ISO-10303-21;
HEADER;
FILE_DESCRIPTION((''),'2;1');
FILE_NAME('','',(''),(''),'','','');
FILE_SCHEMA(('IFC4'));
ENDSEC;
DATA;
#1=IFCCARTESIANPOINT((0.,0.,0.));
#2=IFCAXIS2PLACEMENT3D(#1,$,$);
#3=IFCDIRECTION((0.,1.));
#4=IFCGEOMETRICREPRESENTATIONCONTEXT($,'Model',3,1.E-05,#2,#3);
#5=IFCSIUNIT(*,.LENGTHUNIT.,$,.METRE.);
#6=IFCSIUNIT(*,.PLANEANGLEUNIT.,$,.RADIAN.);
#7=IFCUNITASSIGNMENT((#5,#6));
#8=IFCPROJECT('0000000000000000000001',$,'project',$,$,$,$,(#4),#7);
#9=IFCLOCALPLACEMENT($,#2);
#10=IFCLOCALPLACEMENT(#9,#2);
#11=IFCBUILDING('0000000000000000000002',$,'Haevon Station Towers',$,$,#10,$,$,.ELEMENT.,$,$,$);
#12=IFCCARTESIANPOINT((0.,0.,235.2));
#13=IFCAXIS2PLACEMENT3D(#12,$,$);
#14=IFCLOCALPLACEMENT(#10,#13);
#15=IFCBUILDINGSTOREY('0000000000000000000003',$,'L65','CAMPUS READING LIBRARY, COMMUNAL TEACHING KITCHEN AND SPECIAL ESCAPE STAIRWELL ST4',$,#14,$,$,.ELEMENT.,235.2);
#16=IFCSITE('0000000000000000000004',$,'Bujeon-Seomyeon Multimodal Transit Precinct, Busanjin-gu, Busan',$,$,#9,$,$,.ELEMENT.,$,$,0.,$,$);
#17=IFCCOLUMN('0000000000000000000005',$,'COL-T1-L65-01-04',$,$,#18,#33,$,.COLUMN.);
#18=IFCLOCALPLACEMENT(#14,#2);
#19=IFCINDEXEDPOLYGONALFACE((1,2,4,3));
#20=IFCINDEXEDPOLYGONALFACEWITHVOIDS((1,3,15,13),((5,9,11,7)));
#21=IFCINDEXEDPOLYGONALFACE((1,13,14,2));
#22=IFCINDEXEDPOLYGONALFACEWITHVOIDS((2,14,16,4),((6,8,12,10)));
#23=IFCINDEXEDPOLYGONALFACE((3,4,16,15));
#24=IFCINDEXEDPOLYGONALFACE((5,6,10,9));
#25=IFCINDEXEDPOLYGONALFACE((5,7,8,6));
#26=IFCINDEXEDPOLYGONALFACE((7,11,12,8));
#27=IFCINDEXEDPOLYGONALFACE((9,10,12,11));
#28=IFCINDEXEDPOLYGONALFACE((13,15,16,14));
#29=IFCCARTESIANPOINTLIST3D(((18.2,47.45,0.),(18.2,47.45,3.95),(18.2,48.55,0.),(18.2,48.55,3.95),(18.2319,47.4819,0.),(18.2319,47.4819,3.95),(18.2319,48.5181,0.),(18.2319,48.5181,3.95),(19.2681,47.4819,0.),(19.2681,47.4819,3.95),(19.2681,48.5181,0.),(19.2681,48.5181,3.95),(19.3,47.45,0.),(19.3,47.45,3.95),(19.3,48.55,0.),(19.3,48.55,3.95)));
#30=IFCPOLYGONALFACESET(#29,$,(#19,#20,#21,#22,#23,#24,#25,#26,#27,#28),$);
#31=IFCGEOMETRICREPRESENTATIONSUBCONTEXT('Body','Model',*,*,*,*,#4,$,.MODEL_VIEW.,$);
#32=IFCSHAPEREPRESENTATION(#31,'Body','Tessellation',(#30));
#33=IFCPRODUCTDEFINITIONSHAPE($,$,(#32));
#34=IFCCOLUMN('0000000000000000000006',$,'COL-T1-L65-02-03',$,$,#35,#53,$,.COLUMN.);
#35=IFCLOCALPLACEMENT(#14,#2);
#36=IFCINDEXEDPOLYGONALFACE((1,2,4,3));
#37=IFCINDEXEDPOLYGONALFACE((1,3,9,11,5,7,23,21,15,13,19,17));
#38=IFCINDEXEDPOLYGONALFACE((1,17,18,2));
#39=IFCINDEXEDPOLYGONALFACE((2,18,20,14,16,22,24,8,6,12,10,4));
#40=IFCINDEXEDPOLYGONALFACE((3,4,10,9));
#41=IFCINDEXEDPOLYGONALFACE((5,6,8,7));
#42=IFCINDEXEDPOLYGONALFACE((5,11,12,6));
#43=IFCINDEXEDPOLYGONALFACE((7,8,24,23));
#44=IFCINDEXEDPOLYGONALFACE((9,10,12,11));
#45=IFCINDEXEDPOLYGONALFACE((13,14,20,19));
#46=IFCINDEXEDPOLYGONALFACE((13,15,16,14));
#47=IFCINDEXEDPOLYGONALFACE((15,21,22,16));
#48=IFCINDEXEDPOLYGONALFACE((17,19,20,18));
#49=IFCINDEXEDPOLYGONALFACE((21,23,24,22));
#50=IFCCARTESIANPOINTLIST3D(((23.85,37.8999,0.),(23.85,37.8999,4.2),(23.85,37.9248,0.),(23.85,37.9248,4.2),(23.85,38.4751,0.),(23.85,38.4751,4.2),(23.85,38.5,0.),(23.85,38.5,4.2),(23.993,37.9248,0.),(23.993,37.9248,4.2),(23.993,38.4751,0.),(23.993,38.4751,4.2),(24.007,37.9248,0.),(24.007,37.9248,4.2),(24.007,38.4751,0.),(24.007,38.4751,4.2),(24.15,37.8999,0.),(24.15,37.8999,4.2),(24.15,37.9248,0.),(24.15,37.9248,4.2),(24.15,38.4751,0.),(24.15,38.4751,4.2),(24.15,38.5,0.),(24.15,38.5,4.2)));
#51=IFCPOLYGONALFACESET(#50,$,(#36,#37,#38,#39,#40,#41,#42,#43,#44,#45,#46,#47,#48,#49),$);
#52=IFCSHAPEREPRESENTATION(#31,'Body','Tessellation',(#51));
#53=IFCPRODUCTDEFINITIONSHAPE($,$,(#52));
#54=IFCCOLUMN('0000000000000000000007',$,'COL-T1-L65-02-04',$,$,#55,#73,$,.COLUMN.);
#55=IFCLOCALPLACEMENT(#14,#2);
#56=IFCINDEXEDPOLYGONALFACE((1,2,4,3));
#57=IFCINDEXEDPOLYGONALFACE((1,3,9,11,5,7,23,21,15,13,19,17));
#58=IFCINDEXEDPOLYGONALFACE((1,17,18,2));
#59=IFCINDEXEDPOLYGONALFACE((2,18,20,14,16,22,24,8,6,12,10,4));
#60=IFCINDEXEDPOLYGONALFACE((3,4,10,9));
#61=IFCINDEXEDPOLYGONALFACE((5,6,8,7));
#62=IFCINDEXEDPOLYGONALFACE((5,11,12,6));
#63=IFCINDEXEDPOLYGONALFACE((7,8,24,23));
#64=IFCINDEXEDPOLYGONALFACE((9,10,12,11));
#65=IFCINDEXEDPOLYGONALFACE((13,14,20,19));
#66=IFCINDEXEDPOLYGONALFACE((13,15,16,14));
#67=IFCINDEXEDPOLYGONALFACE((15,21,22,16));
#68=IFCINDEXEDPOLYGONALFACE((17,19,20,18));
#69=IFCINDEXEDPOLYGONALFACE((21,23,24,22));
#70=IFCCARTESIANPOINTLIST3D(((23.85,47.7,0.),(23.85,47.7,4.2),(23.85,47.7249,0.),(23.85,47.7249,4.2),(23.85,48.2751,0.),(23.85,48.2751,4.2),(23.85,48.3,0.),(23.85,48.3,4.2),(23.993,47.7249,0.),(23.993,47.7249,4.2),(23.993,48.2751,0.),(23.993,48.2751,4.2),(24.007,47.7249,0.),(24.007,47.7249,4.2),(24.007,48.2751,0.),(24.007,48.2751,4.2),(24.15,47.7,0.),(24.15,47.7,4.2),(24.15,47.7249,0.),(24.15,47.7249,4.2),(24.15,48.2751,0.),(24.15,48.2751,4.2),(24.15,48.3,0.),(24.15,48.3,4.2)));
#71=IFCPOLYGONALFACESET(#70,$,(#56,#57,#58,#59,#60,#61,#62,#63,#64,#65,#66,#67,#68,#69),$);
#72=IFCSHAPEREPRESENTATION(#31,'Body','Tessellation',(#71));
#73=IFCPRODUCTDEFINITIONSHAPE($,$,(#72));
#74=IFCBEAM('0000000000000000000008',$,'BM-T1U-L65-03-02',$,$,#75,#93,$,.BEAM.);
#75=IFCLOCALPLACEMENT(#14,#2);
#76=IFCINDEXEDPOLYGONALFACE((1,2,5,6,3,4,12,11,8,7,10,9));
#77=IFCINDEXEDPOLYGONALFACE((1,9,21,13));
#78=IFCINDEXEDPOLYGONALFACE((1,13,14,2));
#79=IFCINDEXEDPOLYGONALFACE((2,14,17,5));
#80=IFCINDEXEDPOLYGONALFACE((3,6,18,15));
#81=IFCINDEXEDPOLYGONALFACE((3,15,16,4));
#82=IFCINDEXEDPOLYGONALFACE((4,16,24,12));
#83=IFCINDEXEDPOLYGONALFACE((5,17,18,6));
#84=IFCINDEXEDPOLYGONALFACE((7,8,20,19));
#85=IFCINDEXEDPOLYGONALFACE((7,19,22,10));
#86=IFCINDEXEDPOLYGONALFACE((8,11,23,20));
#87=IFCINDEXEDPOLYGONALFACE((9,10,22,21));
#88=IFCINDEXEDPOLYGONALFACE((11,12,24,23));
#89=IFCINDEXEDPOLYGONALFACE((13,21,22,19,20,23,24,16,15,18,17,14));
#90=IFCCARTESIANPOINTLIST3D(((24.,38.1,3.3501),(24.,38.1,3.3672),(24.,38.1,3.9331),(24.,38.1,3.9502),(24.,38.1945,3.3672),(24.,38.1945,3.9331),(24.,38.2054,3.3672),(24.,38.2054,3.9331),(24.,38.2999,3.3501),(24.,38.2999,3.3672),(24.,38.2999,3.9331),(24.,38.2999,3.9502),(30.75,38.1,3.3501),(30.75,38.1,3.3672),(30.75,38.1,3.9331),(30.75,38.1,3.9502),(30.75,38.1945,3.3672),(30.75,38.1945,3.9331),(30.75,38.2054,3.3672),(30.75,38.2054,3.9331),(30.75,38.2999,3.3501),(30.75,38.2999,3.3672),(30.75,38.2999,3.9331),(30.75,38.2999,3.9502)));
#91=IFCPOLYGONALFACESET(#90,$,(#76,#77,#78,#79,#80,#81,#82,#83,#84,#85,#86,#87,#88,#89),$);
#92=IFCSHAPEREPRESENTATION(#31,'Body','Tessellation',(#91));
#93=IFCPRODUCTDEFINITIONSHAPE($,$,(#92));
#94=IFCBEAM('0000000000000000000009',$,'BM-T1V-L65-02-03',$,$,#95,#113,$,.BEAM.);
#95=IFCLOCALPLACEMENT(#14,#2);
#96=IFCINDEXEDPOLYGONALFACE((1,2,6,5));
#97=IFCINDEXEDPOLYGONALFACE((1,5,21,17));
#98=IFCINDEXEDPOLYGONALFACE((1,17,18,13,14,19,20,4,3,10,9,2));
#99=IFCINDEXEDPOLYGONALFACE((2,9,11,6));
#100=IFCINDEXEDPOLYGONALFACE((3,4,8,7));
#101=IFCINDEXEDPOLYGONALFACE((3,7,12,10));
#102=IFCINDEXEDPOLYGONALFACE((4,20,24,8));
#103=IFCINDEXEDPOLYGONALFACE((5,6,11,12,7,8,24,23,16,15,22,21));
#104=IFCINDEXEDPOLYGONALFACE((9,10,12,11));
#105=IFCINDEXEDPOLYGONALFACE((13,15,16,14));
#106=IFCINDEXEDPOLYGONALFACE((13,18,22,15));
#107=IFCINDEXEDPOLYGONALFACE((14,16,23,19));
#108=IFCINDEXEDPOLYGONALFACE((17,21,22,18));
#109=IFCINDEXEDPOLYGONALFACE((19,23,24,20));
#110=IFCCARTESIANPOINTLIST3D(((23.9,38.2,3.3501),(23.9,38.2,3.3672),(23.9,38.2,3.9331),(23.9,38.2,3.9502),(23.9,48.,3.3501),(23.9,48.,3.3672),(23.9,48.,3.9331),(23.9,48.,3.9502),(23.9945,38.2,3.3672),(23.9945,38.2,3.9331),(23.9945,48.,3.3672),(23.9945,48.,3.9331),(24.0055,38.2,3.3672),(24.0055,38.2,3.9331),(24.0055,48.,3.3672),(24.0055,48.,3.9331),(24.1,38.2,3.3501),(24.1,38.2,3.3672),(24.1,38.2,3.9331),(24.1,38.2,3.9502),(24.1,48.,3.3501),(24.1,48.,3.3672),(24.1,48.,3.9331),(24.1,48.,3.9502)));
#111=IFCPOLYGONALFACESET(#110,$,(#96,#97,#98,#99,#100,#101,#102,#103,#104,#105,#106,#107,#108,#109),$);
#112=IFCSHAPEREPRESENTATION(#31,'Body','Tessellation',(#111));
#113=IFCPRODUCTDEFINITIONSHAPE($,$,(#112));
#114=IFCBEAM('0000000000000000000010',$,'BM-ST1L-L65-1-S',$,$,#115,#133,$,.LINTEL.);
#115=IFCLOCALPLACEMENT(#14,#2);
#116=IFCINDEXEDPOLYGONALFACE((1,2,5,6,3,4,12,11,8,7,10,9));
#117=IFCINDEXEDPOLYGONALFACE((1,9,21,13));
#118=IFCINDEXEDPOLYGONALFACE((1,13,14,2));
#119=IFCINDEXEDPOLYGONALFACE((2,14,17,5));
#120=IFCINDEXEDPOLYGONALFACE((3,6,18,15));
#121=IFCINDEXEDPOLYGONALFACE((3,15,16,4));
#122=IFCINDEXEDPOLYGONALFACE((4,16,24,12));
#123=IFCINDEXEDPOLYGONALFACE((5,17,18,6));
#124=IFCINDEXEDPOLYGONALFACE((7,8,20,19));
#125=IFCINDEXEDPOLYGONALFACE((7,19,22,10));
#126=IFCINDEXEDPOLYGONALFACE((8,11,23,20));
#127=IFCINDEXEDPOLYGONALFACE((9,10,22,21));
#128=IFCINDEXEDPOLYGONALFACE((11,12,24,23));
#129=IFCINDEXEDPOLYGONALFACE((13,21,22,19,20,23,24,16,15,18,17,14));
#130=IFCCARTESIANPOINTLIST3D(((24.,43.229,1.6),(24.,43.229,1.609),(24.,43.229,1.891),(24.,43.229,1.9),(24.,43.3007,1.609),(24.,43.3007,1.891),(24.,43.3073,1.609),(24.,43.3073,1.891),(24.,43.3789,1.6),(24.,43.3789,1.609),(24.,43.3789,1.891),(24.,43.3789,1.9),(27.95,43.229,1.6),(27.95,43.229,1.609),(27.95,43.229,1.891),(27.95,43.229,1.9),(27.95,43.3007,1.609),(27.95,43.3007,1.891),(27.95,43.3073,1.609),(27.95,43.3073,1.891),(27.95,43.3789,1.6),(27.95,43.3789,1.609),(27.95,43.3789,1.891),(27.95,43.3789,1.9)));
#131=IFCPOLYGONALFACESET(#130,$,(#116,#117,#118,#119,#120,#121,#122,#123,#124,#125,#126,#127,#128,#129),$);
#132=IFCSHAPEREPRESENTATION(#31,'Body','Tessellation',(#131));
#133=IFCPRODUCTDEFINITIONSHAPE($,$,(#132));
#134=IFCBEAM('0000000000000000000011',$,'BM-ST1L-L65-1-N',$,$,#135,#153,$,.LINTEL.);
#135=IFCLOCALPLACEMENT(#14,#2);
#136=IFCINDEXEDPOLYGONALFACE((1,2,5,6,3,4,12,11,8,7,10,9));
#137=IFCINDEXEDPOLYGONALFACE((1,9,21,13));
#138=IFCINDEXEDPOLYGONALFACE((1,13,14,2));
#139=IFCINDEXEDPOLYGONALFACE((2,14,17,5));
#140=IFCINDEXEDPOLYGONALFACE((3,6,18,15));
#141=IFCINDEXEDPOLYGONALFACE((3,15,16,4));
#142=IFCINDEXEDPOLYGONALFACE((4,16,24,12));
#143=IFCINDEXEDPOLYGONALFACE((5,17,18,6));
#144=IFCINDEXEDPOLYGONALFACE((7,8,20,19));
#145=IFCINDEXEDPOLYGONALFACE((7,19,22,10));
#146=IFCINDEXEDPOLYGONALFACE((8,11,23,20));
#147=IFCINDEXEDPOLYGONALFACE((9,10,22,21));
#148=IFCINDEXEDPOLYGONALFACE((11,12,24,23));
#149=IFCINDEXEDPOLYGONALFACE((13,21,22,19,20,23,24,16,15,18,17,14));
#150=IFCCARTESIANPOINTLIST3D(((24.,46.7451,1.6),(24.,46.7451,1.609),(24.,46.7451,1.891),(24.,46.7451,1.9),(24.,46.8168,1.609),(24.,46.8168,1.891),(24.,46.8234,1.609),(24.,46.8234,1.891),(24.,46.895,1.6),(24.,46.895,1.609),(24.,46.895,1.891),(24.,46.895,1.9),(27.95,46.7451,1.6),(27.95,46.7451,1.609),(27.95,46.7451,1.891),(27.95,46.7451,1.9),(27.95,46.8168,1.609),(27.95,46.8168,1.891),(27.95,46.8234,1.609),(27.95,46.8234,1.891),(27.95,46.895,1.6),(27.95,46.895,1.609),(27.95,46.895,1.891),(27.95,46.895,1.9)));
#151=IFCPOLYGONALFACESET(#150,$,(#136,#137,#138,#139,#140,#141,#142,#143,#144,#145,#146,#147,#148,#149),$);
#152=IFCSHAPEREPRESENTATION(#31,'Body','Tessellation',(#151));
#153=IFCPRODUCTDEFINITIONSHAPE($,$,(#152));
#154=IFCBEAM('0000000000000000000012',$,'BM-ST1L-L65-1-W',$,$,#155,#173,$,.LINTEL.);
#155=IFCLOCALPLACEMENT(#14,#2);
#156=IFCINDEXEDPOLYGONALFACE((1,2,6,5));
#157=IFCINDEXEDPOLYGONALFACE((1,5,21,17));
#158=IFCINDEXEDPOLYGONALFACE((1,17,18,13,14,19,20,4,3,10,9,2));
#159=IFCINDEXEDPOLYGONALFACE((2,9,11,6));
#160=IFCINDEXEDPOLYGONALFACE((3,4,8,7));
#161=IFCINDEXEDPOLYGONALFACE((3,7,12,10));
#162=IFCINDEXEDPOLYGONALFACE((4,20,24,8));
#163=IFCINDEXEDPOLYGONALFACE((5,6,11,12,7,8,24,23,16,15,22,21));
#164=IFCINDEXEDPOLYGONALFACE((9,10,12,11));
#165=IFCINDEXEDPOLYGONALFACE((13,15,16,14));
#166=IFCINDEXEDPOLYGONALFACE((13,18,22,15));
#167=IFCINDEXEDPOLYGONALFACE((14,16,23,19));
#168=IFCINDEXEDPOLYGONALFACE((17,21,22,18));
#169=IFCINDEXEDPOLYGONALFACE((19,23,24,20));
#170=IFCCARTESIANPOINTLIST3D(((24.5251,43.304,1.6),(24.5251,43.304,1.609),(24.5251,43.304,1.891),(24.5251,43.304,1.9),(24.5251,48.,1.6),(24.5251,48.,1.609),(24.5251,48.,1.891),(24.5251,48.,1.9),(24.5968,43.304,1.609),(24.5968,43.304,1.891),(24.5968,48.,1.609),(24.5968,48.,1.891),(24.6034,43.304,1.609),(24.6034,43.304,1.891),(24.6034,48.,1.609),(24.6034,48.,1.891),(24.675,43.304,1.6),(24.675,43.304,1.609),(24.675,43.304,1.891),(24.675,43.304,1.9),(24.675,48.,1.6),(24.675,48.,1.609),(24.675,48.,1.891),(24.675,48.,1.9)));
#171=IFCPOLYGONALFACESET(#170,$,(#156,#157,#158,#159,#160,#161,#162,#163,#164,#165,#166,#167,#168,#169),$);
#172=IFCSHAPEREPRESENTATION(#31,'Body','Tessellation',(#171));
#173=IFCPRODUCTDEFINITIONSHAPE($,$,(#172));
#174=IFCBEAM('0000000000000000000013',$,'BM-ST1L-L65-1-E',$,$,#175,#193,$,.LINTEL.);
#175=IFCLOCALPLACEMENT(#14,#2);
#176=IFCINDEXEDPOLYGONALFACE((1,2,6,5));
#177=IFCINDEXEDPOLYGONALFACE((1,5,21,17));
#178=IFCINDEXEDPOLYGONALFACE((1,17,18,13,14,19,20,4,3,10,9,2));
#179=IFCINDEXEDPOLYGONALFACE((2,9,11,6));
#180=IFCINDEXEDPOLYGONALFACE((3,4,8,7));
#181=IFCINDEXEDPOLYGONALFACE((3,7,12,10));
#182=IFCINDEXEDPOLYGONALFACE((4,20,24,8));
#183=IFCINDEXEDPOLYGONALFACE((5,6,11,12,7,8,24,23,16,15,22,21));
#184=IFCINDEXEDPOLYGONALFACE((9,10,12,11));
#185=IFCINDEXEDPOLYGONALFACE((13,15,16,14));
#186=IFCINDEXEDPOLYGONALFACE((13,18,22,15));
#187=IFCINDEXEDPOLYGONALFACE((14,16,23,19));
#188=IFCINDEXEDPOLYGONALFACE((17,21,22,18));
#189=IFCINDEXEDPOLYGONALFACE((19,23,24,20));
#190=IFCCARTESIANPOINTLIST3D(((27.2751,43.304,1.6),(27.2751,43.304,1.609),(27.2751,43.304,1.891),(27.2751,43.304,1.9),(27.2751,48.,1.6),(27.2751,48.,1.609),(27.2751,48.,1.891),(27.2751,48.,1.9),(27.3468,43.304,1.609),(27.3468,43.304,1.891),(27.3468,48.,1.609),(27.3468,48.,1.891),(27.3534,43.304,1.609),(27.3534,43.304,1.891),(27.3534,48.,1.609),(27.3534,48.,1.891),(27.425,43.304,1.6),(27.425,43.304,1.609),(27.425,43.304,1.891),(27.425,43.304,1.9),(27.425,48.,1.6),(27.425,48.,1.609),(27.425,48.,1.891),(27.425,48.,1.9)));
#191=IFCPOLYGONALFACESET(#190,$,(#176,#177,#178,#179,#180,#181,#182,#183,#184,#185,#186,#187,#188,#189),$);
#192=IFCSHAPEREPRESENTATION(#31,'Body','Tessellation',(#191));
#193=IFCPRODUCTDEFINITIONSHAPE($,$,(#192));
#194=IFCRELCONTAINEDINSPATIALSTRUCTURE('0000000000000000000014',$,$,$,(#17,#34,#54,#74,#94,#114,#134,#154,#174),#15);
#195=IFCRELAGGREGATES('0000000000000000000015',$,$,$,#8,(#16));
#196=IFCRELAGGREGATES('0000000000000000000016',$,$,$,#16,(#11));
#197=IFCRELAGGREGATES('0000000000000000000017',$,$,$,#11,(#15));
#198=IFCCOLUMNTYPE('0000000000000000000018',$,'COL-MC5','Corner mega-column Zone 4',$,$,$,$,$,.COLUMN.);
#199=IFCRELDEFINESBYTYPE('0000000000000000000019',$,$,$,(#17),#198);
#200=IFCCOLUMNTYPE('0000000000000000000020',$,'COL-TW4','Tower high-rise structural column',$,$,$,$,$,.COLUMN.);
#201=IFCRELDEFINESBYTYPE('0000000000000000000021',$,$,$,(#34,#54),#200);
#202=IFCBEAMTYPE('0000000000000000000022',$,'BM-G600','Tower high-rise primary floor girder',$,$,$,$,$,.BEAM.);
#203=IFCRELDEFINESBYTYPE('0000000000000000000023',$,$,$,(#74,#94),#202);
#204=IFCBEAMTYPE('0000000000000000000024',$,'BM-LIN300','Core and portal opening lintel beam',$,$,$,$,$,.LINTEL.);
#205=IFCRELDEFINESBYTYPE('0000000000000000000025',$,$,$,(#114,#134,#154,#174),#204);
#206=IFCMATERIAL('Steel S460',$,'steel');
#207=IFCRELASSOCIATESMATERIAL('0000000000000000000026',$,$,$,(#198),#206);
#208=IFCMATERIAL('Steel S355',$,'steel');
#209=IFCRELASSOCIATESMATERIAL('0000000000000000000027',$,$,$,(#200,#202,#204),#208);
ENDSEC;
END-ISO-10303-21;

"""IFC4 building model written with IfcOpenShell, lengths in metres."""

from ifc_helpers import new_model, si_unit, direction, frame, origin, origin_2d, place, context, subcontext, project, spatial, hollow_rectangle, i_section, extrude, material, material_profile, profile_set, type_object, element, save


model = new_model("IFC4")

# Units and contexts
model_context = context("Model", 3, precision=1e-05, world=origin(), true_north=direction((0.0, 1.0)))
body_context = subcontext(model_context, "Body", "Model", "MODEL_VIEW")
ifc_project = project(units=[si_unit("LENGTHUNIT", "METRE"), si_unit("PLANEANGLEUNIT", "RADIAN")], contexts=[model_context])

# Site, building, storey
site_placement = place(None, origin())
site = spatial("IfcSite", under=ifc_project, at=site_placement, Name="Bujeon-Seomyeon Multimodal Transit Precinct, Busanjin-gu, Busan", CompositionType="ELEMENT", RefElevation=0.0)
building_placement = place(site_placement, origin())
building = spatial("IfcBuilding", under=site, at=building_placement, Name="Haevon Station Towers", CompositionType="ELEMENT")
storey_placement = place(building_placement, frame((0.0, 0.0, 235.2)))
storey = spatial("IfcBuildingStorey", under=building, at=storey_placement, Name="L65", Description="CAMPUS READING LIBRARY, COMMUNAL TEACHING KITCHEN AND SPECIAL ESCAPE STAIRWELL ST4", CompositionType="ELEMENT", Elevation=235.2)

# Columns
ifc_material_1 = material(Name="Steel S460", Category="steel")
ifc_material_profile_1 = material_profile(ifc_material_1, hollow_rectangle(XDim=1.1001, YDim=1.1001, WallThickness=0.032, at=origin_2d()), Name="BOX-1100x1100x32")
ifc_profile_set_1 = profile_set([ifc_material_profile_1], Name="Steel S460")
column_type_1 = type_object("IfcColumnType", Name="COL-MC5", Description="Corner mega-column Zone 4", PredefinedType="COLUMN", material=ifc_profile_set_1)
column_placement = place(storey_placement, frame((18.75, 48.0, 0.0), z_axis=(0.0, 0.0, 1.0), x_axis=(1.0, 0.0, 0.0)))
element("IfcColumn", 1, at=column_placement, inside=storey, type_object=column_type_1, Name="COL-T1-L65-01-04", PredefinedType="COLUMN", context=body_context, shape_type="SweptSolid", body=[
    extrude(hollow_rectangle(XDim=1.1001, YDim=1.1001, WallThickness=0.032, at=origin_2d()), origin(), (0.0, 0.0, 1.0), 3.95),
])
ifc_material_2 = material(Name="Steel S355", Category="steel")
ifc_material_profile_2 = material_profile(ifc_material_2, i_section(OverallWidth=0.3, OverallDepth=0.6001, WebThickness=0.0139, FlangeThickness=0.0249, at=origin_2d()), Name="H-600x300x14x25")
ifc_profile_set_2 = profile_set([ifc_material_profile_2], Name="Steel S355")
column_type_2 = type_object("IfcColumnType", Name="COL-TW4", Description="Tower high-rise structural column", PredefinedType="COLUMN", material=ifc_profile_set_2)
for number, where, z_axis, x_axis, name in (
    (2, (24.0, 38.2, 0.0), (0.0, 0.0, 1.0), (1.0, 0.0, 0.0), "COL-T1-L65-02-03"),
    (3, (24.0, 48.0, 0.0), (0.0, 0.0, 1.0), (1.0, 0.0, 0.0), "COL-T1-L65-02-04"),
):
    element("IfcColumn", number, at=place(storey_placement, frame(where, z_axis=z_axis, x_axis=x_axis)), inside=storey, type_object=column_type_2, Name=name, PredefinedType="COLUMN", context=body_context, shape_type="SweptSolid", body=[
        extrude(i_section(OverallWidth=0.3, OverallDepth=0.6001, WebThickness=0.0139, FlangeThickness=0.0249, at=origin_2d()), origin(), (0.0, 0.0, 1.0), 4.2),
    ])

# Beams
ifc_material_profile_3 = material_profile(ifc_material_2, i_section(OverallWidth=0.2, OverallDepth=0.6001, WebThickness=0.011, FlangeThickness=0.0171, at=origin_2d()), Name="H-600x200x11x17")
ifc_profile_set_3 = profile_set([ifc_material_profile_3], Name="Steel S355")
beam_type_1 = type_object("IfcBeamType", Name="BM-G600", Description="Tower high-rise primary floor girder", PredefinedType="BEAM", material=ifc_profile_set_3)
beam_1_placement = place(storey_placement, frame((24.0, 38.2, 3.6501), z_axis=(1.0, 0.0, 0.0), x_axis=(0.0, 1.0, 0.0)))
element("IfcBeam", 4, at=beam_1_placement, inside=storey, type_object=beam_type_1, Name="BM-T1U-L65-03-02", PredefinedType="BEAM", context=body_context, shape_type="SweptSolid", body=[
    extrude(i_section(OverallWidth=0.2, OverallDepth=0.6001, WebThickness=0.011, FlangeThickness=0.0171, at=origin_2d()), origin(), (0.0, 0.0, 1.0), 6.75),
])
beam_2_placement = place(storey_placement, frame((24.0, 38.2, 3.6501), z_axis=(0.0, 1.0, 0.0), x_axis=(-1.0, 0.0, 0.0)))
element("IfcBeam", 5, at=beam_2_placement, inside=storey, type_object=beam_type_1, Name="BM-T1V-L65-02-03", PredefinedType="BEAM", context=body_context, shape_type="SweptSolid", body=[
    extrude(i_section(OverallWidth=0.2, OverallDepth=0.6001, WebThickness=0.011, FlangeThickness=0.0171, at=origin_2d()), origin(), (0.0, 0.0, 1.0), 9.8),
])
ifc_material_profile_4 = material_profile(ifc_material_2, i_section(OverallWidth=0.1499, OverallDepth=0.3, WebThickness=0.0066, FlangeThickness=0.009, at=origin_2d()), Name="H-300x150x6.5x9")
ifc_profile_set_4 = profile_set([ifc_material_profile_4], Name="Steel S355")
beam_type_2 = type_object("IfcBeamType", Name="BM-LIN300", Description="Core and portal opening lintel beam", PredefinedType="LINTEL", material=ifc_profile_set_4)
for number, where, z_axis, x_axis, name in (
    (6, (24.0, 43.304, 1.75), (1.0, 0.0, 0.0), (0.0, 1.0, 0.0), "BM-ST1L-L65-1-S"),
    (7, (24.0, 46.8201, 1.75), (1.0, 0.0, 0.0), (0.0, 1.0, 0.0), "BM-ST1L-L65-1-N"),
):
    element("IfcBeam", number, at=place(storey_placement, frame(where, z_axis=z_axis, x_axis=x_axis)), inside=storey, type_object=beam_type_2, Name=name, PredefinedType="LINTEL", context=body_context, shape_type="SweptSolid", body=[
        extrude(i_section(OverallWidth=0.1499, OverallDepth=0.3, WebThickness=0.0066, FlangeThickness=0.009, at=origin_2d()), origin(), (0.0, 0.0, 1.0), 3.95),
    ])
for number, where, z_axis, x_axis, name in (
    (8, (24.6001, 43.304, 1.75), (0.0, 1.0, 0.0), (-1.0, 0.0, 0.0), "BM-ST1L-L65-1-W"),
    (9, (27.3501, 43.304, 1.75), (0.0, 1.0, 0.0), (-1.0, 0.0, 0.0), "BM-ST1L-L65-1-E"),
):
    element("IfcBeam", number, at=place(storey_placement, frame(where, z_axis=z_axis, x_axis=x_axis)), inside=storey, type_object=beam_type_2, Name=name, PredefinedType="LINTEL", context=body_context, shape_type="SweptSolid", body=[
        extrude(i_section(OverallWidth=0.1499, OverallDepth=0.3, WebThickness=0.0066, FlangeThickness=0.009, at=origin_2d()), origin(), (0.0, 0.0, 1.0), 4.696),
    ])

save(model, "model.ifc")
